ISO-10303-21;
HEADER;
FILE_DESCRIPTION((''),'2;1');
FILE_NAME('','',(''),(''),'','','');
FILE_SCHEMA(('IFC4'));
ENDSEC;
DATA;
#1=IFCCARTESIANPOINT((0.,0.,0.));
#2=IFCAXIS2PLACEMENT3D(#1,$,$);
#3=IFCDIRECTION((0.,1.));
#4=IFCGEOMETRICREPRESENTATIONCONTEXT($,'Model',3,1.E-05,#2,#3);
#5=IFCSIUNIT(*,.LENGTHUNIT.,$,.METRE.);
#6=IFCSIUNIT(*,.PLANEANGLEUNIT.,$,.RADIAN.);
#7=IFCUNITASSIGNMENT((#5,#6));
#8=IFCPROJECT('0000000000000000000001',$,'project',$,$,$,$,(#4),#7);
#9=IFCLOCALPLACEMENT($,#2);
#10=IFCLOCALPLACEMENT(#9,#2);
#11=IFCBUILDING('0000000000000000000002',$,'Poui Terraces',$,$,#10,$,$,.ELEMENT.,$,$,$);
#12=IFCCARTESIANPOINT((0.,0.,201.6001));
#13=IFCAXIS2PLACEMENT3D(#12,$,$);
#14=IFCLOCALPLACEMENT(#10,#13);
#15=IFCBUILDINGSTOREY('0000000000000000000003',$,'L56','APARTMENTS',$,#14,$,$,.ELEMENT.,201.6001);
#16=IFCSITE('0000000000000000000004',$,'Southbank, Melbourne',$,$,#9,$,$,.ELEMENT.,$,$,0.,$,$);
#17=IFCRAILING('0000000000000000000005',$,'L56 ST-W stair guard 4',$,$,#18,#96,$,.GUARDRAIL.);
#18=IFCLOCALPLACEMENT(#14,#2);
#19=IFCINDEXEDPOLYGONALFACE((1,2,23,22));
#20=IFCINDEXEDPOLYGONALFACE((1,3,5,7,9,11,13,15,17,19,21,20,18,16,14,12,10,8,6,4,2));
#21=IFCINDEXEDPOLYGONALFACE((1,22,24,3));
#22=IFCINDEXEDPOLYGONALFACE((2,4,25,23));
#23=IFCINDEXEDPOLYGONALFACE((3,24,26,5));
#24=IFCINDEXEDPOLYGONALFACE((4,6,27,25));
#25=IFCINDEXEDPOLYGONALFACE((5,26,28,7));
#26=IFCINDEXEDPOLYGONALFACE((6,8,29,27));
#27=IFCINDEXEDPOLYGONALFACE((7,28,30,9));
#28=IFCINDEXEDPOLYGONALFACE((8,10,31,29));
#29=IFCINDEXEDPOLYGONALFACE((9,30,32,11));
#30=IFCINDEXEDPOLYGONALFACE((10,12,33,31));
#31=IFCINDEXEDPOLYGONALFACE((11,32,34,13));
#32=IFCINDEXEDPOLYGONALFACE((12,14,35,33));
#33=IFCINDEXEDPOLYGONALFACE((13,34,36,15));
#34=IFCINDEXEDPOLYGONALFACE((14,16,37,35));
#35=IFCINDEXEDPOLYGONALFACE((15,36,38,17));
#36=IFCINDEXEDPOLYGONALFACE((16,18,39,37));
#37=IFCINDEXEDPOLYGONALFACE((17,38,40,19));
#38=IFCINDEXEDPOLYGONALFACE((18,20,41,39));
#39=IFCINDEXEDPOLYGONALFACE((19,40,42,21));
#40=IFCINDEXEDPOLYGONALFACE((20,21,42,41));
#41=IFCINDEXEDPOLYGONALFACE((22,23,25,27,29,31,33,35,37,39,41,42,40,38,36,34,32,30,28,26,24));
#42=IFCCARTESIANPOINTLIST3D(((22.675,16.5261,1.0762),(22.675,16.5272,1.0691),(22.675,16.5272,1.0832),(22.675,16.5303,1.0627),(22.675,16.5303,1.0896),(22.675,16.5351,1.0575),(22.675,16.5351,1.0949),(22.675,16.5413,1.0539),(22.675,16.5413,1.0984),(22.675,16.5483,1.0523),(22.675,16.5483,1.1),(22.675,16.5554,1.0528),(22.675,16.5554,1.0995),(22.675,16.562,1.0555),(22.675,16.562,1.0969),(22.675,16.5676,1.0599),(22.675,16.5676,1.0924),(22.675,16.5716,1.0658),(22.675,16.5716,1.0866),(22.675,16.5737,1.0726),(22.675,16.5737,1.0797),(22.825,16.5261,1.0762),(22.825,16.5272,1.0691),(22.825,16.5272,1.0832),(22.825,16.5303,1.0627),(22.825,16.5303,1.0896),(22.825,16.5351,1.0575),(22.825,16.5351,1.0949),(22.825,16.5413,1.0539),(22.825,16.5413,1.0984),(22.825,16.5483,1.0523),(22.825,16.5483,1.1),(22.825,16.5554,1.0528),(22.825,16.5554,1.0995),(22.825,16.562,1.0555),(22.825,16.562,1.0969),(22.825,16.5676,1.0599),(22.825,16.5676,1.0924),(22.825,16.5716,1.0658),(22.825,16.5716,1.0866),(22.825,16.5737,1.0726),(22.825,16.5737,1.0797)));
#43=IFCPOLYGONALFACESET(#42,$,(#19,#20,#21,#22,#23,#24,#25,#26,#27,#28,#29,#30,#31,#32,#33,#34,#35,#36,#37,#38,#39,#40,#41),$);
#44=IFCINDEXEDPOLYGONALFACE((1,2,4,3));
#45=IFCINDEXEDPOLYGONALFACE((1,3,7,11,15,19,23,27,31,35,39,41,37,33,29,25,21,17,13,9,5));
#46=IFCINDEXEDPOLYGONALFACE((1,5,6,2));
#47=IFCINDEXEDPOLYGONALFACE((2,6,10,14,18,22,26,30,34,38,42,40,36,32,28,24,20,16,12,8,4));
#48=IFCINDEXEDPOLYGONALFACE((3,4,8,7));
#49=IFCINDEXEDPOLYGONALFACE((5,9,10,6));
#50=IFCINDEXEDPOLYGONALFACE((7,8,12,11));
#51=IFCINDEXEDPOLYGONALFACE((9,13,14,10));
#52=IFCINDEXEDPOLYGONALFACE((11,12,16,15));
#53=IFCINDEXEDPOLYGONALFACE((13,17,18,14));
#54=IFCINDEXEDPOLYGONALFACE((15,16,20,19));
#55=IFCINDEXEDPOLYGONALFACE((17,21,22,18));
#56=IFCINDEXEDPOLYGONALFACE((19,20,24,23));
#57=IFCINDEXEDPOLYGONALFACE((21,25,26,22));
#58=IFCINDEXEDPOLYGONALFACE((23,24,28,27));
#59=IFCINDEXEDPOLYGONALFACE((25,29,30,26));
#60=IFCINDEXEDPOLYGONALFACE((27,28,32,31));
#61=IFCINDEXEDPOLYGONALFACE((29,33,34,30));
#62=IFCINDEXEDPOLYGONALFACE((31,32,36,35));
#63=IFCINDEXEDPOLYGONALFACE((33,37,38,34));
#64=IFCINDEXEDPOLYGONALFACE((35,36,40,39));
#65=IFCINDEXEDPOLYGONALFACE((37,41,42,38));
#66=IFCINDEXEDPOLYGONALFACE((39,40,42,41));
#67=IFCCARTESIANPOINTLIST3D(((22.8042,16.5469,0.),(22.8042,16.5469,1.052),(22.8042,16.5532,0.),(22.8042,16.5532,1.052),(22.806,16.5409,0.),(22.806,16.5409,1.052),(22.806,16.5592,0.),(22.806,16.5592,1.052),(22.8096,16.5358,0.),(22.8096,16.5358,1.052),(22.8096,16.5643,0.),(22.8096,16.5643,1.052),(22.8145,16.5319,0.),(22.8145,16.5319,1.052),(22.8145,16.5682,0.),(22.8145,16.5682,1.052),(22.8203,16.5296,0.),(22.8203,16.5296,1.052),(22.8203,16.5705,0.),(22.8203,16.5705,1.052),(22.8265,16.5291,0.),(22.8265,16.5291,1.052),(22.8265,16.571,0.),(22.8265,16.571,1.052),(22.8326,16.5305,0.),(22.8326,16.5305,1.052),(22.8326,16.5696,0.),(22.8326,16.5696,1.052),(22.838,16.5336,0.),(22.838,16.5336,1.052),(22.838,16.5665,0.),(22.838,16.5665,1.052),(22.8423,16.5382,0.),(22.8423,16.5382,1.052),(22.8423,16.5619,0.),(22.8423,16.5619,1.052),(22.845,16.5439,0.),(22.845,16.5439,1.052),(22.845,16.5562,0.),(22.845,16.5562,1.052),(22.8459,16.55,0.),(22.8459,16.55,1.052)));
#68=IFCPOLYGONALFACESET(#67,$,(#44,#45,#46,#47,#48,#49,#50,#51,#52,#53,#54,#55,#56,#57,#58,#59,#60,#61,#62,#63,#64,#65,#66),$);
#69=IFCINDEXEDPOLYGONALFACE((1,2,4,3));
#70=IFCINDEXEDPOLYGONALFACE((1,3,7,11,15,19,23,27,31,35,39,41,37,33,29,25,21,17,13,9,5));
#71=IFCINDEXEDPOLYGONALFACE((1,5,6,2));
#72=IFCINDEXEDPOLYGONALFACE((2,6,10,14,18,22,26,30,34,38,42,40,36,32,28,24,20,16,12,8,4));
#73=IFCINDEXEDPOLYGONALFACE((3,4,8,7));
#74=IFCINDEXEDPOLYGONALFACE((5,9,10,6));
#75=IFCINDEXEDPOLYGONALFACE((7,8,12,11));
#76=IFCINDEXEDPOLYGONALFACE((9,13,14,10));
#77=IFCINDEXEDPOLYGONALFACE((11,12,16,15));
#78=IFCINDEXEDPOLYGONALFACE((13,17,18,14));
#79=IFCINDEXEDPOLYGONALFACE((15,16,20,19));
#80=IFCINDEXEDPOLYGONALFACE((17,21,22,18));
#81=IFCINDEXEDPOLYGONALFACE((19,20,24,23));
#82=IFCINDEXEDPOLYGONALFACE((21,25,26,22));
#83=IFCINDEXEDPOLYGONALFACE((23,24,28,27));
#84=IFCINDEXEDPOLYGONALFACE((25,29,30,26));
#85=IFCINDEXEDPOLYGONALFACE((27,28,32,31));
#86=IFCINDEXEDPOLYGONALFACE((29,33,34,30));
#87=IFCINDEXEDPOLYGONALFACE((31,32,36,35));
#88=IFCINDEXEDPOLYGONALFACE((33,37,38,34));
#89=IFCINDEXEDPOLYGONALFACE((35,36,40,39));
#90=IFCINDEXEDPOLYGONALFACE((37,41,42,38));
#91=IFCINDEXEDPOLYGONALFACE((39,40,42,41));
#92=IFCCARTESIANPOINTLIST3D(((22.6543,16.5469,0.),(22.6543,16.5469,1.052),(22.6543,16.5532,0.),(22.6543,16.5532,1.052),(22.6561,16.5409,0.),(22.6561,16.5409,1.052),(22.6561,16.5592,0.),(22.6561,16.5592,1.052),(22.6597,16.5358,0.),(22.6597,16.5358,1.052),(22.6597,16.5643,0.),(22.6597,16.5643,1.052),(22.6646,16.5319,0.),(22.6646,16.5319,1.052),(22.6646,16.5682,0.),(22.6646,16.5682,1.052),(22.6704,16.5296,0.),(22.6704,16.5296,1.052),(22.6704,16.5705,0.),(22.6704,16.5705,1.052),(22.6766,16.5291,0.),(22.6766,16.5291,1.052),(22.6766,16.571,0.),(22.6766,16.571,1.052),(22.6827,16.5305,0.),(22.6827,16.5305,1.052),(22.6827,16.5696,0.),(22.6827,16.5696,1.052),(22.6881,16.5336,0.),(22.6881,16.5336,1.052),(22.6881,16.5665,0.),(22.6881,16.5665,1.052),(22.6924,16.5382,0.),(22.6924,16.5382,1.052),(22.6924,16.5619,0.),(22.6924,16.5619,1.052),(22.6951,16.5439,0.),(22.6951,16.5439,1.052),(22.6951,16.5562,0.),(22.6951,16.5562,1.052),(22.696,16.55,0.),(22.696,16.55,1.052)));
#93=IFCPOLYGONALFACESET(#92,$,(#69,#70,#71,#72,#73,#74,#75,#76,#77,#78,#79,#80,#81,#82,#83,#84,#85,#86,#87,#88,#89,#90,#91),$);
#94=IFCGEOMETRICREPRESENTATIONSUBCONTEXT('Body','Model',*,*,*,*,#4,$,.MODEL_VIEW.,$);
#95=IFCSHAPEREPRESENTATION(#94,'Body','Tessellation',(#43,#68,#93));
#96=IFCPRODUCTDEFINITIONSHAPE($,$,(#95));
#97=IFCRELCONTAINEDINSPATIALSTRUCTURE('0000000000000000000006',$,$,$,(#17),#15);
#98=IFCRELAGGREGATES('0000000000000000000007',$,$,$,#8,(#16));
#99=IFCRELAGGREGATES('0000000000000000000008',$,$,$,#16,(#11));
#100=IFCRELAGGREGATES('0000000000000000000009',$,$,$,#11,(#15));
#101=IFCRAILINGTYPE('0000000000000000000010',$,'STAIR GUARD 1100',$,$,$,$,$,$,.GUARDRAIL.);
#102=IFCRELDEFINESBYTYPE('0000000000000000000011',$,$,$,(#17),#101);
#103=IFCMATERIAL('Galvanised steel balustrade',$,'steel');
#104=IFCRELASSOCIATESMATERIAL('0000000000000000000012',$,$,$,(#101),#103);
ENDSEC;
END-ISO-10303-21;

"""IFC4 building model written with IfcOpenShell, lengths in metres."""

from ifc_helpers import new_model, si_unit, direction, frame, origin, origin_2d, place, context, subcontext, project, spatial, circle, extrude, material, type_object, element, save


model = new_model("IFC4")

# Units and contexts
model_context = context("Model", 3, precision=1e-05, world=origin(), true_north=direction((0.0, 1.0)))
body_context = subcontext(model_context, "Body", "Model", "MODEL_VIEW")
ifc_project = project(units=[si_unit("LENGTHUNIT", "METRE"), si_unit("PLANEANGLEUNIT", "RADIAN")], contexts=[model_context])

# Site, building, storey
site_placement = place(None, origin())
site = spatial("IfcSite", under=ifc_project, at=site_placement, Name="Southbank, Melbourne", CompositionType="ELEMENT", RefElevation=0.0)
building_placement = place(site_placement, origin())
building = spatial("IfcBuilding", under=site, at=building_placement, Name="Poui Terraces", CompositionType="ELEMENT")
storey_placement = place(building_placement, frame((0.0, 0.0, 201.6001)))
storey = spatial("IfcBuildingStorey", under=building, at=storey_placement, Name="L56", Description="APARTMENTS", CompositionType="ELEMENT", Elevation=201.6001)

# Railing
ifc_material_1 = material(Name="Galvanised steel balustrade", Category="steel")
railing_type_1 = type_object("IfcRailingType", Name="STAIR GUARD 1100", PredefinedType="GUARDRAIL", material=ifc_material_1)
railing_1_placement = place(storey_placement, frame((22.825, 16.55, 0.0)))
element("IfcRailing", 1, at=railing_1_placement, inside=storey, type_object=railing_type_1, Name="L56 ST-W stair guard 4", PredefinedType="GUARDRAIL", context=body_context, shape_type="SweptSolid", body=[
    extrude(circle(Radius=0.0239, at=origin_2d()), frame((0.0, 0.0, 1.0762), z_axis=(-1.0, 0.0, 0.0), x_axis=(0.0, -1.0, 0.0)), (0.0, 0.0, 1.0), 0.1499),
    extrude(circle(Radius=0.021, at=origin_2d()), origin(), (0.0, 0.0, 1.0), 1.052),
    extrude(circle(Radius=0.021, at=origin_2d()), frame((-0.1499, 0.0, 0.0)), (0.0, 0.0, 1.0), 1.052),
])

save(model, "model.ifc")
